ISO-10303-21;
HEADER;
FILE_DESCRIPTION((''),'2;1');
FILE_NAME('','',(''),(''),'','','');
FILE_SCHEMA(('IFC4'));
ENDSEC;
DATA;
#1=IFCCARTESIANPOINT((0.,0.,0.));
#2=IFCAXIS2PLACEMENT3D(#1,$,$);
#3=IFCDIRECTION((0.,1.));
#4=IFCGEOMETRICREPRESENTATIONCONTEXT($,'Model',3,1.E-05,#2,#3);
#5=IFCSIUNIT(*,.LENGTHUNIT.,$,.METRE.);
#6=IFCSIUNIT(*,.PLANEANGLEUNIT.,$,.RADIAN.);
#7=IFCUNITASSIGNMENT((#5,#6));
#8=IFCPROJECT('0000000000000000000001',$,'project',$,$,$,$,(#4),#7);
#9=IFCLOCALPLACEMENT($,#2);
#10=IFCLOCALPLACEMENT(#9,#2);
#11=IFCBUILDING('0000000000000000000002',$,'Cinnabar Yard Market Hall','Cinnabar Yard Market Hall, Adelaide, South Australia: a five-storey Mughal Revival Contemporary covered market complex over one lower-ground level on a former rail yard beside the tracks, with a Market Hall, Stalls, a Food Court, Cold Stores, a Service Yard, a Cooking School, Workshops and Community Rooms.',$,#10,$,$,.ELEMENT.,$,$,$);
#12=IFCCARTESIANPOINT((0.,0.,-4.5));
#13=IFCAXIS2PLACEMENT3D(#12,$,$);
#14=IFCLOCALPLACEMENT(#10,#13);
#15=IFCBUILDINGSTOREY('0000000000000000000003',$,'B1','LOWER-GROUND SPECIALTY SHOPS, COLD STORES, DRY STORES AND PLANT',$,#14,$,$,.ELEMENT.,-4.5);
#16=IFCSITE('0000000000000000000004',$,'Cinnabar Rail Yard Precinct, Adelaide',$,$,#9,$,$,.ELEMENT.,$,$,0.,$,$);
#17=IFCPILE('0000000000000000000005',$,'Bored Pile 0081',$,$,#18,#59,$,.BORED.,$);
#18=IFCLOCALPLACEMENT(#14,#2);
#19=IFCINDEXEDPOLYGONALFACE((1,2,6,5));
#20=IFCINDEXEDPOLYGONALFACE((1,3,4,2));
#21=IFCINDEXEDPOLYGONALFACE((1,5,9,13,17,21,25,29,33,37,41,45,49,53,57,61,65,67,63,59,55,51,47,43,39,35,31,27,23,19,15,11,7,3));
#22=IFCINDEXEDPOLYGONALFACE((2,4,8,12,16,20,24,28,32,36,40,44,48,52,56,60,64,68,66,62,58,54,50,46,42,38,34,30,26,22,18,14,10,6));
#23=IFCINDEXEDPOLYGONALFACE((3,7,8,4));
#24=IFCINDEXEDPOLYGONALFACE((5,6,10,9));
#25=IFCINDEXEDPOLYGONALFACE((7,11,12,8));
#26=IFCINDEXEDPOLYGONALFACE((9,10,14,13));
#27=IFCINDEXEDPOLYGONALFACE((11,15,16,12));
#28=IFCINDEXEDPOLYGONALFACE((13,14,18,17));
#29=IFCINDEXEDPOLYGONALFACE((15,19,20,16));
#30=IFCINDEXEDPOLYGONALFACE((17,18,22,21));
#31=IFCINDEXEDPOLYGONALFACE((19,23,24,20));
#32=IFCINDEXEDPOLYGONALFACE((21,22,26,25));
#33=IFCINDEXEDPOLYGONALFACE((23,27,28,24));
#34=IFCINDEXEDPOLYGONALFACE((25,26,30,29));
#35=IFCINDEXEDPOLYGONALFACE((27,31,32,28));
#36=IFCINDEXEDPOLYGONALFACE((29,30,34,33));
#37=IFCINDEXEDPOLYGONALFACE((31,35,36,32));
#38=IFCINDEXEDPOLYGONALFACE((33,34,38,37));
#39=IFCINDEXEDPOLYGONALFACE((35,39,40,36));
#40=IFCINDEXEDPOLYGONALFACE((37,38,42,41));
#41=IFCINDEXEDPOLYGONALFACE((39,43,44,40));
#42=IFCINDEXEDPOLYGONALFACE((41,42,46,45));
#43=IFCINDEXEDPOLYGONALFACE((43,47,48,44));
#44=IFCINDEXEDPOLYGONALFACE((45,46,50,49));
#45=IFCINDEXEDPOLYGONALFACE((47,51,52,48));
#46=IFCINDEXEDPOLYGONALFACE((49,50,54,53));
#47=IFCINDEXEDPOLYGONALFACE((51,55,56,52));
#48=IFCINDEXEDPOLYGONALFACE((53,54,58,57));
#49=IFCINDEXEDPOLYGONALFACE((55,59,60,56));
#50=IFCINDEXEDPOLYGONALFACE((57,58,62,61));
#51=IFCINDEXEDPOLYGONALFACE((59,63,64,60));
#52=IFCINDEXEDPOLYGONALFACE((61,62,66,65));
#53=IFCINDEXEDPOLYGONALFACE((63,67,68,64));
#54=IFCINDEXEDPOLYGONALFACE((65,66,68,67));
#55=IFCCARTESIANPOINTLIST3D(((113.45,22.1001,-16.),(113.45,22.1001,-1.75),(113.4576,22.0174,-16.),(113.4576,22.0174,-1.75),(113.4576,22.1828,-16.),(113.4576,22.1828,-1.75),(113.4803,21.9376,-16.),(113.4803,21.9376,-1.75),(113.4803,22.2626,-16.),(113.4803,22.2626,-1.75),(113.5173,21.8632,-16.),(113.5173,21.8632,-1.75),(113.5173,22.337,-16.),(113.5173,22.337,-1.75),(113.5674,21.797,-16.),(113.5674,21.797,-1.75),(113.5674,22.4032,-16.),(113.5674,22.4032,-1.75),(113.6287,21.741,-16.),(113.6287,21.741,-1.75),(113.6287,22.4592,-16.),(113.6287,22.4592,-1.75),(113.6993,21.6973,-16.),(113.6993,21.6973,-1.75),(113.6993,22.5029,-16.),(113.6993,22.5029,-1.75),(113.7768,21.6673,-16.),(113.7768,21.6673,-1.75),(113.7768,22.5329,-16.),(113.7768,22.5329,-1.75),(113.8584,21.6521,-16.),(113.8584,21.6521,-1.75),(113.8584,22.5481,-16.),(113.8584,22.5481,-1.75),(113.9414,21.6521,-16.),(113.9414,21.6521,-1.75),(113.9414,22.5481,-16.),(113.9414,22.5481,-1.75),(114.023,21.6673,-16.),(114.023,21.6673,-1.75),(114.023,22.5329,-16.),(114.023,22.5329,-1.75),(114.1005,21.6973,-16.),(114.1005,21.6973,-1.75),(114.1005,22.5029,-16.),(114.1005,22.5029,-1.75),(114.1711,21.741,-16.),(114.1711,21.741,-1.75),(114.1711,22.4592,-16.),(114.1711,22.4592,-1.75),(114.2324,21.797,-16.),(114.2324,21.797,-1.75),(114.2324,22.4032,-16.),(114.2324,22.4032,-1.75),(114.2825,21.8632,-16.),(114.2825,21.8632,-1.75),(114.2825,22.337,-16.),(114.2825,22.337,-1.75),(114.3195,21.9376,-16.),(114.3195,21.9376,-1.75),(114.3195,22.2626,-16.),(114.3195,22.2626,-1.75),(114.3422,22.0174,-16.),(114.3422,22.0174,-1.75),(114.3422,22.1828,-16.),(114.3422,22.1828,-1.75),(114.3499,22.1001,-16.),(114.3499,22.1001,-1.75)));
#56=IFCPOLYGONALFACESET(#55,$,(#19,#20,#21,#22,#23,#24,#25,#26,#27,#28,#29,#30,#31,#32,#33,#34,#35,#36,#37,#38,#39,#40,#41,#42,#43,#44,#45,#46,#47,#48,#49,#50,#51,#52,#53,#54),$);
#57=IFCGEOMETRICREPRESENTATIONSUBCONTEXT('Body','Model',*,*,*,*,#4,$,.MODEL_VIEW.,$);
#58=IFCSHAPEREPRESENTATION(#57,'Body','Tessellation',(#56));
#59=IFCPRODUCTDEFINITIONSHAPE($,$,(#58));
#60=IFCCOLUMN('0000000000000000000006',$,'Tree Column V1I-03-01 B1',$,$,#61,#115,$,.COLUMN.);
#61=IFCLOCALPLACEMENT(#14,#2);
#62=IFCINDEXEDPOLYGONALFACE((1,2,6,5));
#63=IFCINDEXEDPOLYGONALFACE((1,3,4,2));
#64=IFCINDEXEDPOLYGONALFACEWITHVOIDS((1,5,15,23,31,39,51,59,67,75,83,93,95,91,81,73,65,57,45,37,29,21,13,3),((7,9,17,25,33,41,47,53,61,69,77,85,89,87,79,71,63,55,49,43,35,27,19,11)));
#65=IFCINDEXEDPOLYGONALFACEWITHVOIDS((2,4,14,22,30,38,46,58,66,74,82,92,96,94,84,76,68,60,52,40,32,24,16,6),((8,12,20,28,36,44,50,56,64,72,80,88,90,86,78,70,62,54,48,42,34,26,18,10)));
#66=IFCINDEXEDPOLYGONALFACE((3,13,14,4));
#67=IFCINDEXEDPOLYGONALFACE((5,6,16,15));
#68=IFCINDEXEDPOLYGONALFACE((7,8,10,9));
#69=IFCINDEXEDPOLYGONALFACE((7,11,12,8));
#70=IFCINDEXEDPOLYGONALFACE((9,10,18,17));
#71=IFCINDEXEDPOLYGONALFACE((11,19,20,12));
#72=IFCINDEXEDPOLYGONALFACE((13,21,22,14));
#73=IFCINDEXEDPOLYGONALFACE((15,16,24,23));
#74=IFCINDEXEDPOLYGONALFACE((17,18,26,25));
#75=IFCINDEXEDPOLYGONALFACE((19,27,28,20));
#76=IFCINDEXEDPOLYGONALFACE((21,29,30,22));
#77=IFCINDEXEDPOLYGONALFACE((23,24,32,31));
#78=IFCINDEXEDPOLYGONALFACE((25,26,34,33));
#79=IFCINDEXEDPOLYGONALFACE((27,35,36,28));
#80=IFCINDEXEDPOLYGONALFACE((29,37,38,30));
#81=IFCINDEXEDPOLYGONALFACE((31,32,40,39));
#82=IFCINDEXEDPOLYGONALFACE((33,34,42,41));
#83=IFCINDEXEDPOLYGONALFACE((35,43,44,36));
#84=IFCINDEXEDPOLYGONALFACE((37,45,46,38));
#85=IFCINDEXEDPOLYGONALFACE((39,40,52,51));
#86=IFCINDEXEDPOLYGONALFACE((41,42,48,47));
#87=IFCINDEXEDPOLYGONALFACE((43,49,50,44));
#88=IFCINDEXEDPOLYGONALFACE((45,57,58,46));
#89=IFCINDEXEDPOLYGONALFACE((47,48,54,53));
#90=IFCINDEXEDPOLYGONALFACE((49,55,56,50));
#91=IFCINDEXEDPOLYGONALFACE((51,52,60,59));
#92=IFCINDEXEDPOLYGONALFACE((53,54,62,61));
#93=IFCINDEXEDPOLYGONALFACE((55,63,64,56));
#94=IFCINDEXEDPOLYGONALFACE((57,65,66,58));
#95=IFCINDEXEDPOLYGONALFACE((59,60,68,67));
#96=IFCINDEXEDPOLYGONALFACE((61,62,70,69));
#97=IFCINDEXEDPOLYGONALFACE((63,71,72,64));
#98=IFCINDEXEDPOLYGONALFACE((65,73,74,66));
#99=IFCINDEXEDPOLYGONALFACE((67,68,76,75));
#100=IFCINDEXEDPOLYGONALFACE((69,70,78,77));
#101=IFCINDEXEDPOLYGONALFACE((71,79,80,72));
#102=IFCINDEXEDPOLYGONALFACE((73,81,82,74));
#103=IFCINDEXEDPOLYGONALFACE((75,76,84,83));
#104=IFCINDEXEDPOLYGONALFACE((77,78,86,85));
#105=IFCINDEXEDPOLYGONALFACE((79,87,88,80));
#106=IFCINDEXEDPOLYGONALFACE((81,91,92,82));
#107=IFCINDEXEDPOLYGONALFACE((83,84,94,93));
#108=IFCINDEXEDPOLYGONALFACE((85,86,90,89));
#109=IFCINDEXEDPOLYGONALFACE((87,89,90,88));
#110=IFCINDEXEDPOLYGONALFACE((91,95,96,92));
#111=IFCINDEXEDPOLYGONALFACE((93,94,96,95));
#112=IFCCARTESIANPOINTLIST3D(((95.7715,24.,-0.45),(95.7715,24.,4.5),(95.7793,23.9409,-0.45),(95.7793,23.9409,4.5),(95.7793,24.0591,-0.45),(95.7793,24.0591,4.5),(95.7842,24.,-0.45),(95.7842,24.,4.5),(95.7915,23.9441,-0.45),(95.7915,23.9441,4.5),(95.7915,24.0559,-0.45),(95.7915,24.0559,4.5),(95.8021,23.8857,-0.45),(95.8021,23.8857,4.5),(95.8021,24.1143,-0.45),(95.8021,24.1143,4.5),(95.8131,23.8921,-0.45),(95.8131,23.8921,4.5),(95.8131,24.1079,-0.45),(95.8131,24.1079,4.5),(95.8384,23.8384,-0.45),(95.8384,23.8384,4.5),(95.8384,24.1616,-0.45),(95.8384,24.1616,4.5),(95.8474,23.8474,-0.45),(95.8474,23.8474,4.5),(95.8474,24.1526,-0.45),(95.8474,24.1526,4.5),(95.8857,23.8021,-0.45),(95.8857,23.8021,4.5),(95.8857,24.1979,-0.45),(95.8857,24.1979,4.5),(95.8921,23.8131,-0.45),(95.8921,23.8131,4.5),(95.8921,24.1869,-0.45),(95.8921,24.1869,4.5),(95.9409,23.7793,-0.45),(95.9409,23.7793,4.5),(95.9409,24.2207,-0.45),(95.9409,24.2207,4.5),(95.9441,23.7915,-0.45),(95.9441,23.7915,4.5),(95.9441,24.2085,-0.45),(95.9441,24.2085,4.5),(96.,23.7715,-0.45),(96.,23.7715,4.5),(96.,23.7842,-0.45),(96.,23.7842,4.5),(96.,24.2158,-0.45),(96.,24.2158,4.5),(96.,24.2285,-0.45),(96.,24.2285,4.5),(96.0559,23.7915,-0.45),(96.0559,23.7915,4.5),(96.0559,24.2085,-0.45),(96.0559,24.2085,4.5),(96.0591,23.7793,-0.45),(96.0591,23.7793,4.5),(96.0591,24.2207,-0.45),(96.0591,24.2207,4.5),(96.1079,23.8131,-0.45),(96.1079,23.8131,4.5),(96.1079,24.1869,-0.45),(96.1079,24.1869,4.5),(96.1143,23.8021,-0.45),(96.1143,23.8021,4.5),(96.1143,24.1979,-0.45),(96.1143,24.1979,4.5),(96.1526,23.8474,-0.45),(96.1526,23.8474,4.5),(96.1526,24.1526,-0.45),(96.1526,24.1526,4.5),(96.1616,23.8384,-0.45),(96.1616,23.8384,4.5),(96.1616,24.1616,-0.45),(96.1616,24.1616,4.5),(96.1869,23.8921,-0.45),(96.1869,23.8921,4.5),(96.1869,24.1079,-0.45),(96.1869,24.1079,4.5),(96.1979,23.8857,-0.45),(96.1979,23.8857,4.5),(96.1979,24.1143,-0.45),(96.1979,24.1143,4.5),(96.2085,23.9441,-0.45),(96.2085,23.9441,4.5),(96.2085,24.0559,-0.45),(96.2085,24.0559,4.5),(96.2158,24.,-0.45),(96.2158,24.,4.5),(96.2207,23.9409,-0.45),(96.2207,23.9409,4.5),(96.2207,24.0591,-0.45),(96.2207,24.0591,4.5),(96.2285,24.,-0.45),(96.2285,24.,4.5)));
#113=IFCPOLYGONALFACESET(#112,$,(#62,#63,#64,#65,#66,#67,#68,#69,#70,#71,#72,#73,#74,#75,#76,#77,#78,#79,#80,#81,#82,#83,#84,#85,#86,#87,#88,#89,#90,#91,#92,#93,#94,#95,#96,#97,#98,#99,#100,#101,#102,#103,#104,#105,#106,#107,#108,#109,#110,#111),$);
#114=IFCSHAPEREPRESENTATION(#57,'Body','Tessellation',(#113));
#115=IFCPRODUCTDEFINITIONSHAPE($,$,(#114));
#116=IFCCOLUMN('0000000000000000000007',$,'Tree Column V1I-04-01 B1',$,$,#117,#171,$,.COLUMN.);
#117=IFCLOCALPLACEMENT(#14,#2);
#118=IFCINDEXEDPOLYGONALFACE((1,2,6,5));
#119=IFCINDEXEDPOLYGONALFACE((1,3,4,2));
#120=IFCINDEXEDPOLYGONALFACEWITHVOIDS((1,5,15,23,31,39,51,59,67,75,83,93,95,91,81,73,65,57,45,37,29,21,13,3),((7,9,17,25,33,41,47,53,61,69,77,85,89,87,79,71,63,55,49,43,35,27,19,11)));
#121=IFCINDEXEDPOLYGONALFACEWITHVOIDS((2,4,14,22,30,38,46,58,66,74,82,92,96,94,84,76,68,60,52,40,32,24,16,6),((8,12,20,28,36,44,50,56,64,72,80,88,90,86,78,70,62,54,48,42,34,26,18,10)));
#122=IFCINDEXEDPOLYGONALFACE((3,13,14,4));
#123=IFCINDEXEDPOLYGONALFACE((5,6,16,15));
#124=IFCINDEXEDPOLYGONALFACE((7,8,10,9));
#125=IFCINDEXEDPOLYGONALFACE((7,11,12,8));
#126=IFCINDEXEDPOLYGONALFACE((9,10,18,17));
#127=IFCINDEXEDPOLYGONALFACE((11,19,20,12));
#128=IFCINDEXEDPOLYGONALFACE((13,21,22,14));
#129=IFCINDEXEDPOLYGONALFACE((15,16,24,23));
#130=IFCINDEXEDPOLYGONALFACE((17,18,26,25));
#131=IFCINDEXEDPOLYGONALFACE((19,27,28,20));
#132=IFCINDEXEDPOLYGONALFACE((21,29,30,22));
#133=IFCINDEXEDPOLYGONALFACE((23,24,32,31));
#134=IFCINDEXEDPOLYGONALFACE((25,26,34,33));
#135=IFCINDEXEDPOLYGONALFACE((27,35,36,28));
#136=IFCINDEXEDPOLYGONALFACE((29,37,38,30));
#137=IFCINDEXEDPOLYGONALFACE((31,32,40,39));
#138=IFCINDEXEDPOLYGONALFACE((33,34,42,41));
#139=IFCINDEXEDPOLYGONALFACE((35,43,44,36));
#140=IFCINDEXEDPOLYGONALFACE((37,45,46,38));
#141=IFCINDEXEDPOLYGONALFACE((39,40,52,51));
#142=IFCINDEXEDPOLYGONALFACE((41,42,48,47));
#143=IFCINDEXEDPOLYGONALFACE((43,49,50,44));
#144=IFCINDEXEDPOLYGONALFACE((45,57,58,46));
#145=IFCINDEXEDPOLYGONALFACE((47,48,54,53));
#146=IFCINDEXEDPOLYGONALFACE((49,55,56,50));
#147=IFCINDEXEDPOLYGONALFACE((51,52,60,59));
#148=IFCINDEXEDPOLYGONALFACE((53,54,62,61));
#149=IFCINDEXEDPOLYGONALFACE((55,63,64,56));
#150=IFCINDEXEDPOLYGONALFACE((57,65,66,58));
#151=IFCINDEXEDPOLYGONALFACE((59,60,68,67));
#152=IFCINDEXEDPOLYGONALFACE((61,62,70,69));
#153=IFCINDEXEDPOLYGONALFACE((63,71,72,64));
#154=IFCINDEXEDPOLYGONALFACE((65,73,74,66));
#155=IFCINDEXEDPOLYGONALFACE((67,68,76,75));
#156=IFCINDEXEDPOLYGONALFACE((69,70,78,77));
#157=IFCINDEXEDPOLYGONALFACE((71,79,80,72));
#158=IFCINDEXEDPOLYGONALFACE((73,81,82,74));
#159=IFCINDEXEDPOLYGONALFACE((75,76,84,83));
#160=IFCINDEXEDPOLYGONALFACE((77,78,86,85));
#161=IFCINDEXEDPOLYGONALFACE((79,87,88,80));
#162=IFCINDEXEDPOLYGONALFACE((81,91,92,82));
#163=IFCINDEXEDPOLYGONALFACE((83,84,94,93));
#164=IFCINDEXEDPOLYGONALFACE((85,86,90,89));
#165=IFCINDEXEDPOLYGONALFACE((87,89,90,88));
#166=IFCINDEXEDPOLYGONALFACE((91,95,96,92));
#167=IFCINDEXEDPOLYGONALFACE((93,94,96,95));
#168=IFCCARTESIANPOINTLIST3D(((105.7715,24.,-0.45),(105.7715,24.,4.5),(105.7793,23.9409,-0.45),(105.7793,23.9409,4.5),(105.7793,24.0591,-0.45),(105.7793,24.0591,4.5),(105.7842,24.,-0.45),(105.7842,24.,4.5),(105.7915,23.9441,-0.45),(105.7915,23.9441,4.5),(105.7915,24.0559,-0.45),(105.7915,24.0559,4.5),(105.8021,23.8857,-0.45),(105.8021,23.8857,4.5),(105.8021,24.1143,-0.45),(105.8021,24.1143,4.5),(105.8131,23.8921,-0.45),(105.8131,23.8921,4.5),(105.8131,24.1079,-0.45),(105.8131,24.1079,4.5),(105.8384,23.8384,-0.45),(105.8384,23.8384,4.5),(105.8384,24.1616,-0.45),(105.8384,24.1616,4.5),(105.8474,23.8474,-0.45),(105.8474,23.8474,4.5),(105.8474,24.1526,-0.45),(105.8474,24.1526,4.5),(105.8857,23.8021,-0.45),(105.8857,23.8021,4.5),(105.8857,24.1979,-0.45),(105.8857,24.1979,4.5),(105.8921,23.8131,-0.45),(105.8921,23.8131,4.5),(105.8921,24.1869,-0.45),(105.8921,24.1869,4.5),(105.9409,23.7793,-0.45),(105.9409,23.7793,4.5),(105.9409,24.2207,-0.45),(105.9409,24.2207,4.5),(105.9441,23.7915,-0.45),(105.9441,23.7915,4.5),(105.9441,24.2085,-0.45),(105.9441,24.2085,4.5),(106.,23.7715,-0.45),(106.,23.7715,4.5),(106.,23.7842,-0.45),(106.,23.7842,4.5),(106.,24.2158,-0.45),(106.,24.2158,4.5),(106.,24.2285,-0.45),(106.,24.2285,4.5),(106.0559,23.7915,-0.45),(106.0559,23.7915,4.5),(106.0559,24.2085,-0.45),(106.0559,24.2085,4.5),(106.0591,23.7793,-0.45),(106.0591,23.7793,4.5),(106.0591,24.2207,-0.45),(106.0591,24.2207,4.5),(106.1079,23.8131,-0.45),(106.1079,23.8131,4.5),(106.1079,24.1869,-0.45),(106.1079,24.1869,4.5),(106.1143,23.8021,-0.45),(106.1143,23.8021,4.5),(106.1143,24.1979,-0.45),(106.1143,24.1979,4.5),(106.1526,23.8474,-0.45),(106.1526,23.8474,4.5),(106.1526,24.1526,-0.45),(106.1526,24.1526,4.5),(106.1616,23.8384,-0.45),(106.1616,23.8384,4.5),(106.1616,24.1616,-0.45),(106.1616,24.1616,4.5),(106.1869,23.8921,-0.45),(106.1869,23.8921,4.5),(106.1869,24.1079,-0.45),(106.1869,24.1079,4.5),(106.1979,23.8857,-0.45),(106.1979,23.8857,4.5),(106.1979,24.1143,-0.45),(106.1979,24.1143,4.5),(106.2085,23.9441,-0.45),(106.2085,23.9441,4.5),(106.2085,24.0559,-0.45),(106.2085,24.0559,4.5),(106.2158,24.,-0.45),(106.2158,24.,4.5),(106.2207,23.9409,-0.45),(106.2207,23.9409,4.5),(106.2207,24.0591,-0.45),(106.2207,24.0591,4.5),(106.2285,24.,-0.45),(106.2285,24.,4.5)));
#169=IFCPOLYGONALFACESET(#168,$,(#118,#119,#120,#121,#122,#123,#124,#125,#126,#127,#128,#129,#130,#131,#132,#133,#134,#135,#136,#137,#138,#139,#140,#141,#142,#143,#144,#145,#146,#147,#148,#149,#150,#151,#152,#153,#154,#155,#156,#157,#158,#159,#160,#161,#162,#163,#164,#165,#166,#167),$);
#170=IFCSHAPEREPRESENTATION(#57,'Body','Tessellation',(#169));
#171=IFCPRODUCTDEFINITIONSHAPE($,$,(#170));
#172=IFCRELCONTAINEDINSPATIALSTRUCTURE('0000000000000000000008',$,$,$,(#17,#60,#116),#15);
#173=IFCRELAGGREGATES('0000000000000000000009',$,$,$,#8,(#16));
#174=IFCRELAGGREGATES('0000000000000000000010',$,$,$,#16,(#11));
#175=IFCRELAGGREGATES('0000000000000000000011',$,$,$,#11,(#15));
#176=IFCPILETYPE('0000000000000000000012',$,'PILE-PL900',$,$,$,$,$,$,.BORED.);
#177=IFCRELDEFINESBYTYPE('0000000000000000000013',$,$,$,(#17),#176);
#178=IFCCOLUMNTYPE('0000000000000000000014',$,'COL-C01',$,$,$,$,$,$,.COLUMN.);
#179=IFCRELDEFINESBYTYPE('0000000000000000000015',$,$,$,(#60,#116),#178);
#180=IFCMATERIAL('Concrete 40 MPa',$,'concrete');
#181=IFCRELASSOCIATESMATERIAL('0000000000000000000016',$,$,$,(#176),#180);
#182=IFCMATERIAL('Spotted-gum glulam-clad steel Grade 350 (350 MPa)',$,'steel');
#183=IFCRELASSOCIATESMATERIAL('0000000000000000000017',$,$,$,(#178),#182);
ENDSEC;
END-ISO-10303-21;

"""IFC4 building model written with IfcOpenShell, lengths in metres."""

from ifc_helpers import new_model, si_unit, direction, frame, origin, origin_2d_with_axis, place, context, subcontext, project, spatial, circle, hollow_circle, extrude, material, material_profile, profile_set, type_object, element, save


model = new_model("IFC4")

# Units and contexts
model_context = context("Model", 3, precision=1e-05, world=origin(), true_north=direction((0.0, 1.0)))
body_context = subcontext(model_context, "Body", "Model", "MODEL_VIEW")
ifc_project = project(units=[si_unit("LENGTHUNIT", "METRE"), si_unit("PLANEANGLEUNIT", "RADIAN")], contexts=[model_context])

# Site, building, storey
site_placement = place(None, origin())
site = spatial("IfcSite", under=ifc_project, at=site_placement, Name="Cinnabar Rail Yard Precinct, Adelaide", CompositionType="ELEMENT", RefElevation=0.0)
building_placement = place(site_placement, origin())
building = spatial("IfcBuilding", under=site, at=building_placement, Name="Cinnabar Yard Market Hall", Description="Cinnabar Yard Market Hall, Adelaide, South Australia: a five-storey Mughal Revival Contemporary covered market complex over one lower-ground level on a former rail yard beside the tracks, with a Market Hall, Stalls, a Food Court, Cold Stores, a Service Yard, a Cooking School, Workshops and Community Rooms.", CompositionType="ELEMENT")
storey_placement = place(building_placement, frame((0.0, 0.0, -4.5)))
storey = spatial("IfcBuildingStorey", under=building, at=storey_placement, Name="B1", Description="LOWER-GROUND SPECIALTY SHOPS, COLD STORES, DRY STORES AND PLANT", CompositionType="ELEMENT", Elevation=-4.5)

# Shared definitions
ifc_material_1 = material(Name="Concrete 40 MPa", Category="concrete")

# Pile
ifc_material_profile_1 = material_profile(ifc_material_1, circle(Radius=0.45, at=origin_2d_with_axis()), Name="PILE-D900")
ifc_profile_set_1 = profile_set([ifc_material_profile_1], Name="Concrete 40 MPa")
pile_type_1 = type_object("IfcPileType", Name="PILE-PL900", PredefinedType="BORED", material=ifc_profile_set_1)
pile_1_placement = place(storey_placement, frame((113.8999, 22.1001, -1.75), z_axis=(0.0, 0.0, -1.0), x_axis=(1.0, 0.0, 0.0)))
element("IfcPile", 1, at=pile_1_placement, inside=storey, type_object=pile_type_1, Name="Bored Pile 0081", PredefinedType="BORED", context=body_context, shape_type="SweptSolid", body=[
    extrude(circle(Radius=0.45, at=origin_2d_with_axis()), origin(), (0.0, 0.0, 1.0), 14.25),
])

# Columns
ifc_material_2 = material(Name="Spotted-gum glulam-clad steel Grade 350 (350 MPa)", Category="steel")
ifc_material_profile_2 = material_profile(ifc_material_2, hollow_circle(Radius=0.2285, WallThickness=0.0127, at=origin_2d_with_axis()), Name="457.0x12.7CHS")
ifc_profile_set_2 = profile_set([ifc_material_profile_2], Name="Spotted-gum glulam-clad steel Grade 350 (350 MPa)")
column_type_1 = type_object("IfcColumnType", Name="COL-C01", PredefinedType="COLUMN", material=ifc_profile_set_2)
for number, where, z_axis, x_axis, name in (
    (2, (96.0, 24.0, -0.45), (0.0, 0.0, 1.0), (1.0, 0.0, 0.0), "Tree Column V1I-03-01 B1"),
    (3, (106.0, 24.0, -0.45), (0.0, 0.0, 1.0), (1.0, 0.0, 0.0), "Tree Column V1I-04-01 B1"),
):
    element("IfcColumn", number, at=place(storey_placement, frame(where, z_axis=z_axis, x_axis=x_axis)), inside=storey, type_object=column_type_1, Name=name, PredefinedType="COLUMN", context=body_context, shape_type="SweptSolid", body=[
        extrude(hollow_circle(Radius=0.2285, WallThickness=0.0127, at=origin_2d_with_axis()), origin(), (0.0, 0.0, 1.0), 4.95),
    ])

save(model, "model.ifc")
